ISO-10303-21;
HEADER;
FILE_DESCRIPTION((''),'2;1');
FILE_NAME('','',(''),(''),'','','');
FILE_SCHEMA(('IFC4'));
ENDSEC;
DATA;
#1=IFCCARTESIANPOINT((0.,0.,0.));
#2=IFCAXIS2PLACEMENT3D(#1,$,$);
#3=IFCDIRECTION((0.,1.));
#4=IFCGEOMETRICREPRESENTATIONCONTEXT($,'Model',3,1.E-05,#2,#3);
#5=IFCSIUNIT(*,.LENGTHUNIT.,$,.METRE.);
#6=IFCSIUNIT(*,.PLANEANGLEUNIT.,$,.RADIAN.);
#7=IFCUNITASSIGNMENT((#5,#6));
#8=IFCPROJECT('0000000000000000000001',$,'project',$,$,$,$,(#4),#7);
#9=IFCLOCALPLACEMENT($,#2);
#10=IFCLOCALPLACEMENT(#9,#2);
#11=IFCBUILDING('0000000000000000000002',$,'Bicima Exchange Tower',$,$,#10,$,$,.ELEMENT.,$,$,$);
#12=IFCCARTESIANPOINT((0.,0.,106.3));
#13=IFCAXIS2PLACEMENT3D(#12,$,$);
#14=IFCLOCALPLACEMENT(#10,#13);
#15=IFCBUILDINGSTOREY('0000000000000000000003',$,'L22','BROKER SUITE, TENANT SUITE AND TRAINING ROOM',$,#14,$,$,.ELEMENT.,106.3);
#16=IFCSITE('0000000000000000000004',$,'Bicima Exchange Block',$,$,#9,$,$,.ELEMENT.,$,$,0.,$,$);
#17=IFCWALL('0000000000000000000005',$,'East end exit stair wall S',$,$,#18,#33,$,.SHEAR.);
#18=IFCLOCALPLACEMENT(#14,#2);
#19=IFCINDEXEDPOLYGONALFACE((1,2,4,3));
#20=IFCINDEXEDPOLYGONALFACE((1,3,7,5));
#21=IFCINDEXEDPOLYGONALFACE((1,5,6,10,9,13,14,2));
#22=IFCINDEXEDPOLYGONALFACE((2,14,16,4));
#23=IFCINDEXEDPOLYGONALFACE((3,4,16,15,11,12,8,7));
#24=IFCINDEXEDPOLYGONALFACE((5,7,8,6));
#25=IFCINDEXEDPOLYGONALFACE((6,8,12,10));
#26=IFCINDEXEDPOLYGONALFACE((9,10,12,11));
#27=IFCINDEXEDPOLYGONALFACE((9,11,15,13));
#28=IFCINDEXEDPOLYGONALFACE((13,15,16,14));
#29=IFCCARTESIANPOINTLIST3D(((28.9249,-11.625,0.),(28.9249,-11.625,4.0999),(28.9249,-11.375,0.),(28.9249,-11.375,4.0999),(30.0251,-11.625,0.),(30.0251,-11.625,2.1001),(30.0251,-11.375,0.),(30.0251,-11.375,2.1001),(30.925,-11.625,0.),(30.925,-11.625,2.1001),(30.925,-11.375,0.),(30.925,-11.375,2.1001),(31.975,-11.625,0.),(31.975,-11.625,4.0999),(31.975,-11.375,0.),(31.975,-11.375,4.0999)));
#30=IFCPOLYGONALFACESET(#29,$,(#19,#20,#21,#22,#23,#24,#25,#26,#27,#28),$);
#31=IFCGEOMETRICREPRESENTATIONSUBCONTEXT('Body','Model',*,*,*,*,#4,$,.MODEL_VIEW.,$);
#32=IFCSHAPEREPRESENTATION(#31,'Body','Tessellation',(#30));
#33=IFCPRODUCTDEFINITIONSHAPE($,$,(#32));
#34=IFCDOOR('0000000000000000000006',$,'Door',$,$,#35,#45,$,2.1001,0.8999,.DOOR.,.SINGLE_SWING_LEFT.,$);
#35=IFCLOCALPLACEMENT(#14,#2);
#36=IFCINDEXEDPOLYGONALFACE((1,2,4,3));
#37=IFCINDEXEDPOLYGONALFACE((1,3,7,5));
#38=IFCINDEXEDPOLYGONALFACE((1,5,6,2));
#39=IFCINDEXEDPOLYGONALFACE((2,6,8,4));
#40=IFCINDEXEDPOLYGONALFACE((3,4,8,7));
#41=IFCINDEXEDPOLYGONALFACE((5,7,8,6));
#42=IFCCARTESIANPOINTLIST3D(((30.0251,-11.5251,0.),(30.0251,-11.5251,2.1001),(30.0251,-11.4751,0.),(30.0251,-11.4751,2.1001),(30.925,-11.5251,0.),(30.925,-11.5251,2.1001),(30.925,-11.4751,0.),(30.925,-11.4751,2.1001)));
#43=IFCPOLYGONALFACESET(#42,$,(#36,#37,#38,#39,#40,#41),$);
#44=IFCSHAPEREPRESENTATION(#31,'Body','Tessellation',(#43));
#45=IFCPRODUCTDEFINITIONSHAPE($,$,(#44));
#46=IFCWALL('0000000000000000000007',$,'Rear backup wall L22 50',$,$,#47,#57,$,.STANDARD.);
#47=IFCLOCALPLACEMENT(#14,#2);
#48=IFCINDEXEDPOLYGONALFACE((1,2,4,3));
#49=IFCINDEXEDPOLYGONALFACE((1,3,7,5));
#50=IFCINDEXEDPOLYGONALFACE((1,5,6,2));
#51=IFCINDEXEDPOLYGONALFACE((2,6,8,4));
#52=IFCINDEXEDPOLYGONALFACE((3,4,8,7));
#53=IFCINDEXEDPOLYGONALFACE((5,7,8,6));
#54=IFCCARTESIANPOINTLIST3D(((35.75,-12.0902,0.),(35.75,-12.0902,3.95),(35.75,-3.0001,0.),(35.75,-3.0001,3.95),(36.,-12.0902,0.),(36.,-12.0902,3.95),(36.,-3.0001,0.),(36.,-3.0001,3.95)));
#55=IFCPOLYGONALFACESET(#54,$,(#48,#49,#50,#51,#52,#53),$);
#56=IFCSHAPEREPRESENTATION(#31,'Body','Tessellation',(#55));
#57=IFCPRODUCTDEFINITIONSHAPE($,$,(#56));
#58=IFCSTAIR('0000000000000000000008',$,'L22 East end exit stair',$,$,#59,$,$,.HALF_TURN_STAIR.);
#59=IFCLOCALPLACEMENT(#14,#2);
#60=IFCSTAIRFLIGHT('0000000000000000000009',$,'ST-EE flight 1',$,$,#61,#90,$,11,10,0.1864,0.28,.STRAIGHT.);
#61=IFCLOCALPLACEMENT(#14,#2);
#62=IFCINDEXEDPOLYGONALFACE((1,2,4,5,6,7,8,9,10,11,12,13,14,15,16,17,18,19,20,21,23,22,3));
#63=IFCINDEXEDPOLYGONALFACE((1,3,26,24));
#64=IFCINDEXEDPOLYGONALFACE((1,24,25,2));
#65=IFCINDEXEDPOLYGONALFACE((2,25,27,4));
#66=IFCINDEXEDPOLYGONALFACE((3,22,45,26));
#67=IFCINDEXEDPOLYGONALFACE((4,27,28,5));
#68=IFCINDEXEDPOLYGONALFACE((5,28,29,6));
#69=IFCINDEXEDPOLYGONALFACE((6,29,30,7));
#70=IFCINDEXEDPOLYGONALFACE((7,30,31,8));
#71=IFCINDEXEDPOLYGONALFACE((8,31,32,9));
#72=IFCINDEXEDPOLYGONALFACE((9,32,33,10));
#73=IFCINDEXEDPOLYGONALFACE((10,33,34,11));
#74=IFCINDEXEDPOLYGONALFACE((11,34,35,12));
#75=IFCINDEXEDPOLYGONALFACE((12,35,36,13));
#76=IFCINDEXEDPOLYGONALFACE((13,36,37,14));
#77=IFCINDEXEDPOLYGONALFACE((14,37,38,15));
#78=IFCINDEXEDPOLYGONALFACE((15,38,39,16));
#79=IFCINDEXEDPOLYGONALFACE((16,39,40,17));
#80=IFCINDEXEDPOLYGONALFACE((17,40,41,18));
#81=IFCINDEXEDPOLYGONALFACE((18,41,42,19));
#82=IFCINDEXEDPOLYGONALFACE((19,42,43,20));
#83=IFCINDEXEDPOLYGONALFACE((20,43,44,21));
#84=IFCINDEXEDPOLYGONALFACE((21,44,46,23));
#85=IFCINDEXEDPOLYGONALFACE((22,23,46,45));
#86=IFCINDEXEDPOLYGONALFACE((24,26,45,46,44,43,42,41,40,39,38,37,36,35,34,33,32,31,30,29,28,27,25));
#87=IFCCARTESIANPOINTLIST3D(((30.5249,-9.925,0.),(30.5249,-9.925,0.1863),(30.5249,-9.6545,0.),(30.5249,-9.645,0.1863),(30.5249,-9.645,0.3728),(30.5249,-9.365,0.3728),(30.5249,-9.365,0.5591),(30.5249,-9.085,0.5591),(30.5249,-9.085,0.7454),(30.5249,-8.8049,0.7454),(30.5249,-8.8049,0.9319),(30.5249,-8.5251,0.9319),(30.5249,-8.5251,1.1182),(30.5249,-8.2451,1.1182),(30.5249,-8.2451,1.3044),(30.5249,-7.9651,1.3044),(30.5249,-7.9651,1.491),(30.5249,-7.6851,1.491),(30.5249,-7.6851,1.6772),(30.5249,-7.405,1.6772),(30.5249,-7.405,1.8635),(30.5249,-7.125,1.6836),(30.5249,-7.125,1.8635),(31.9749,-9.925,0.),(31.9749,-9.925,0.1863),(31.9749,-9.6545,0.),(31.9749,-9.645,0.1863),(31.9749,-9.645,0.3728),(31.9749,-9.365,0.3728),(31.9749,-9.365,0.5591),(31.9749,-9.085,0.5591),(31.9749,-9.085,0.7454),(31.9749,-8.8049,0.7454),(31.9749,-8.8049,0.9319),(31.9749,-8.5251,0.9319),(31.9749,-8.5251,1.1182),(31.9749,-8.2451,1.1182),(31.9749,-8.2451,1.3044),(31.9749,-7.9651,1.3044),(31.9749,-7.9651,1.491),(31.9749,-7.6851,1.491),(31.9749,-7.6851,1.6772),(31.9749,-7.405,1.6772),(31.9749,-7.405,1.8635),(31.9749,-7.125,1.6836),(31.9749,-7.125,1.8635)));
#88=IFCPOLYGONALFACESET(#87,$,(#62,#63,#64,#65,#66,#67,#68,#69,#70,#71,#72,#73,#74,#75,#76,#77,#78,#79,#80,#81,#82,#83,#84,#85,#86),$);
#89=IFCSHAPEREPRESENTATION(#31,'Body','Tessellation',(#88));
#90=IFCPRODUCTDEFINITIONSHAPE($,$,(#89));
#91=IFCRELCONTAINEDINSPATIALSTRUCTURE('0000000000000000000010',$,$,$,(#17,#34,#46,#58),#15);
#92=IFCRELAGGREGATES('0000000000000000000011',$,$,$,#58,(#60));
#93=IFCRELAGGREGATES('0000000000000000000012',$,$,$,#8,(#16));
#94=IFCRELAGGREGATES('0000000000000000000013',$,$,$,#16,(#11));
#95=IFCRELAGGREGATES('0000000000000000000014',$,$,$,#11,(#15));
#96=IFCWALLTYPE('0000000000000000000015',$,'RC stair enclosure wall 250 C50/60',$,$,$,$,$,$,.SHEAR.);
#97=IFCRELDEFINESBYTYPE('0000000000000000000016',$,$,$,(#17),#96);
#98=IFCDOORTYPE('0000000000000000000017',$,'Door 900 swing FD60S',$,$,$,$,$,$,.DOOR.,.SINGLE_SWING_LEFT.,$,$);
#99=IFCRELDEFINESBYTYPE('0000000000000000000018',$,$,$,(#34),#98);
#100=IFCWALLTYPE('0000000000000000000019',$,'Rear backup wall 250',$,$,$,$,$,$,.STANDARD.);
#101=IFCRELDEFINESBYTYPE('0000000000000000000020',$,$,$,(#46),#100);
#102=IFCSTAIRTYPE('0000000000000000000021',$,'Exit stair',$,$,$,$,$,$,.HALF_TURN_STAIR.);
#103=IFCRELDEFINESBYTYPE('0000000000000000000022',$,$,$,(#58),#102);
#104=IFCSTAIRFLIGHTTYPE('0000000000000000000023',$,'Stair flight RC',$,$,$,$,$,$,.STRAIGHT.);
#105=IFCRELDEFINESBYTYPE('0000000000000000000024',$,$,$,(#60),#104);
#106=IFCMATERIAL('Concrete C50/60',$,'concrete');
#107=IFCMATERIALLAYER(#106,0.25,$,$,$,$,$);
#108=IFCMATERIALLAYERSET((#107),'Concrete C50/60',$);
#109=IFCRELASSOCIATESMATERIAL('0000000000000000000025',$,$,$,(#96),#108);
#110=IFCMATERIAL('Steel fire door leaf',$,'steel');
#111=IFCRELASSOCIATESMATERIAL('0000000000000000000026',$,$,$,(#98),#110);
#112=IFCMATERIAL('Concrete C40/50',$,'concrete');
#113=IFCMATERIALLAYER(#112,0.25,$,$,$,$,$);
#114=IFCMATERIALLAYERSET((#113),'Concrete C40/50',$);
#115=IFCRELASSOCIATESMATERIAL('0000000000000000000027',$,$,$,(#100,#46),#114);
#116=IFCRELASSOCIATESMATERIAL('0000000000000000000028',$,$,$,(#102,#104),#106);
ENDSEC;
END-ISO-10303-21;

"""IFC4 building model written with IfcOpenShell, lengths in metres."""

from ifc_helpers import new_model, si_unit, direction, frame, frame_2d, origin, place, context, subcontext, project, spatial, polyline, rectangle, outline, extrude, material, layer, layer_set, layer_usage, type_object, element, fill, aggregate, save


model = new_model("IFC4")

# Units and contexts
model_context = context("Model", 3, precision=1e-05, world=origin(), true_north=direction((0.0, 1.0)))
body_context = subcontext(model_context, "Body", "Model", "MODEL_VIEW")
ifc_project = project(units=[si_unit("LENGTHUNIT", "METRE"), si_unit("PLANEANGLEUNIT", "RADIAN")], contexts=[model_context])

# Site, building, storey
site_placement = place(None, origin())
site = spatial("IfcSite", under=ifc_project, at=site_placement, Name="Bicima Exchange Block", CompositionType="ELEMENT", RefElevation=0.0)
building_placement = place(site_placement, origin())
building = spatial("IfcBuilding", under=site, at=building_placement, Name="Bicima Exchange Tower", CompositionType="ELEMENT")
storey_placement = place(building_placement, frame((0.0, 0.0, 106.3)))
storey = spatial("IfcBuildingStorey", under=building, at=storey_placement, Name="L22", Description="BROKER SUITE, TENANT SUITE AND TRAINING ROOM", CompositionType="ELEMENT", Elevation=106.3)

# Shared definitions
ifc_material_1 = material(Name="Steel fire door leaf", Category="steel")

# Shared definitions
ifc_material_2 = material(Name="Concrete C50/60", Category="concrete")
ifc_layer_1 = layer(ifc_material_2, 0.25)
ifc_layer_set_1 = layer_set([ifc_layer_1], Name="Concrete C50/60")
wall_type_1 = type_object("IfcWallType", Name="RC stair enclosure wall 250 C50/60", PredefinedType="SHEAR", material=ifc_layer_set_1)

# Wall, opening, door
wall_1_placement = place(storey_placement, frame((28.925, -11.5, 0.0), z_axis=(0.0, 0.0, 1.0), x_axis=(1.0, 0.0, 0.0)))
wall_1 = element("IfcWall", 1, at=wall_1_placement, inside=storey, type_object=wall_type_1, Name="East end exit stair wall S", PredefinedType="SHEAR", context=body_context, shape_type="SweptSolid", body=[
    extrude(rectangle(XDim=3.05, YDim=0.25, at=frame_2d((1.5249, 0.0))), origin(), (0.0, 0.0, 1.0), 4.0999),
])
opening_1_placement = place(wall_1_placement, frame((1.1001, 0.0, 0.0)))
opening_1 = element("IfcOpeningElement", 2, at=opening_1_placement, cuts=wall_1, PredefinedType="OPENING", context=body_context, shape_type="SweptSolid", body=[
    extrude(rectangle(XDim=0.8999, YDim=2.1001, at=frame_2d((0.45, 1.05))), frame((0.0, 0.137, 0.0), z_axis=(0.0, -1.0, 0.0), x_axis=(1.0, 0.0, 0.0)), (0.0, 0.0, 1.0), 0.2739),
])
door_type_1 = type_object("IfcDoorType", Name="Door 900 swing FD60S", OperationType="SINGLE_SWING_LEFT", PredefinedType="DOOR", material=ifc_material_1)
door_1_placement = place(opening_1_placement, origin())
door_1 = element("IfcDoor", 3, at=door_1_placement, inside=storey, type_object=door_type_1, Name="Door", OperationType="SINGLE_SWING_LEFT", OverallHeight=2.1001, OverallWidth=0.8999, PredefinedType="DOOR", context=body_context, shape_type="SweptSolid", body=[
    extrude(rectangle(XDim=0.8999, YDim=2.1001, at=frame_2d((0.45, 1.05))), frame((0.0, 0.0249, 0.0), z_axis=(0.0, -1.0, 0.0), x_axis=(1.0, 0.0, 0.0)), (0.0, 0.0, 1.0), 0.05),
])
fill(opening_1, door_1)

# Wall
ifc_material_3 = material(Name="Concrete C40/50", Category="concrete")
ifc_layer_2 = layer(ifc_material_3, 0.25)
ifc_layer_set_2 = layer_set([ifc_layer_2], Name="Concrete C40/50")
ifc_layer_usage = layer_usage(ifc_layer_set_2, "AXIS2", "POSITIVE", -0.125)
wall_type_2 = type_object("IfcWallType", Name="Rear backup wall 250", PredefinedType="STANDARD", material=ifc_layer_set_2)
wall_2_placement = place(storey_placement, frame((35.875, -12.0901, 0.0), z_axis=(0.0, 0.0, 1.0), x_axis=(0.0, 1.0, 0.0)))
element("IfcWall", 4, at=wall_2_placement, inside=storey, type_object=wall_type_2, material=ifc_layer_usage, Name="Rear backup wall L22 50", PredefinedType="STANDARD", context=body_context, shape_type="SweptSolid", body=[
    extrude(rectangle(XDim=9.0901, YDim=0.25, at=frame_2d((4.5449, 0.0))), origin(), (0.0, 0.0, 1.0), 3.95),
])

# Stair, stair flight
stair_type = type_object("IfcStairType", Name="Exit stair", PredefinedType="HALF_TURN_STAIR", material=ifc_material_2)
stair_placement = place(storey_placement, origin())
stair = element("IfcStair", 5, at=stair_placement, inside=storey, type_object=stair_type, Name="L22 East end exit stair", PredefinedType="HALF_TURN_STAIR")
stair_flight_type = type_object("IfcStairFlightType", Name="Stair flight RC", PredefinedType="STRAIGHT", material=ifc_material_2)
stair_flight_placement = place(storey_placement, frame((31.25, -9.925, 0.0), z_axis=(0.0, 0.0, 1.0), x_axis=(0.0, 1.0, 0.0)))
stair_flight = element("IfcStairFlight", 6, at=stair_flight_placement, type_object=stair_flight_type, Name="ST-EE flight 1", NumberOfRisers=11, NumberOfTreads=10, PredefinedType="STRAIGHT", RiserHeight=0.1864, TreadLength=0.28, context=body_context, shape_type="SweptSolid", body=[
    extrude(outline(polyline([(0.0, 0.0), (0.0, 0.1863), (0.28, 0.1863), (0.28, 0.3728), (0.5601, 0.3728), (0.5601, 0.5591), (0.8401, 0.5591), (0.8401, 0.7454), (1.1201, 0.7454), (1.1201, 0.9319), (1.3999, 0.9319), (1.3999, 1.1182), (1.6799, 1.1182), (1.6799, 1.3044), (1.96, 1.3044), (1.96, 1.491), (2.24, 1.491), (2.24, 1.6772), (2.52, 1.6772), (2.52, 1.8635), (2.8, 1.8635), (2.8, 2.05), (2.8, 1.6836), (0.2705, 0.0), (0.0, 0.0)])), frame((0.0, 0.7251, 0.0), z_axis=(0.0, -1.0, 0.0), x_axis=(1.0, 0.0, 0.0)), (0.0, 0.0, 1.0), 1.45),
])
aggregate(stair, [stair_flight])

save(model, "model.ifc")
